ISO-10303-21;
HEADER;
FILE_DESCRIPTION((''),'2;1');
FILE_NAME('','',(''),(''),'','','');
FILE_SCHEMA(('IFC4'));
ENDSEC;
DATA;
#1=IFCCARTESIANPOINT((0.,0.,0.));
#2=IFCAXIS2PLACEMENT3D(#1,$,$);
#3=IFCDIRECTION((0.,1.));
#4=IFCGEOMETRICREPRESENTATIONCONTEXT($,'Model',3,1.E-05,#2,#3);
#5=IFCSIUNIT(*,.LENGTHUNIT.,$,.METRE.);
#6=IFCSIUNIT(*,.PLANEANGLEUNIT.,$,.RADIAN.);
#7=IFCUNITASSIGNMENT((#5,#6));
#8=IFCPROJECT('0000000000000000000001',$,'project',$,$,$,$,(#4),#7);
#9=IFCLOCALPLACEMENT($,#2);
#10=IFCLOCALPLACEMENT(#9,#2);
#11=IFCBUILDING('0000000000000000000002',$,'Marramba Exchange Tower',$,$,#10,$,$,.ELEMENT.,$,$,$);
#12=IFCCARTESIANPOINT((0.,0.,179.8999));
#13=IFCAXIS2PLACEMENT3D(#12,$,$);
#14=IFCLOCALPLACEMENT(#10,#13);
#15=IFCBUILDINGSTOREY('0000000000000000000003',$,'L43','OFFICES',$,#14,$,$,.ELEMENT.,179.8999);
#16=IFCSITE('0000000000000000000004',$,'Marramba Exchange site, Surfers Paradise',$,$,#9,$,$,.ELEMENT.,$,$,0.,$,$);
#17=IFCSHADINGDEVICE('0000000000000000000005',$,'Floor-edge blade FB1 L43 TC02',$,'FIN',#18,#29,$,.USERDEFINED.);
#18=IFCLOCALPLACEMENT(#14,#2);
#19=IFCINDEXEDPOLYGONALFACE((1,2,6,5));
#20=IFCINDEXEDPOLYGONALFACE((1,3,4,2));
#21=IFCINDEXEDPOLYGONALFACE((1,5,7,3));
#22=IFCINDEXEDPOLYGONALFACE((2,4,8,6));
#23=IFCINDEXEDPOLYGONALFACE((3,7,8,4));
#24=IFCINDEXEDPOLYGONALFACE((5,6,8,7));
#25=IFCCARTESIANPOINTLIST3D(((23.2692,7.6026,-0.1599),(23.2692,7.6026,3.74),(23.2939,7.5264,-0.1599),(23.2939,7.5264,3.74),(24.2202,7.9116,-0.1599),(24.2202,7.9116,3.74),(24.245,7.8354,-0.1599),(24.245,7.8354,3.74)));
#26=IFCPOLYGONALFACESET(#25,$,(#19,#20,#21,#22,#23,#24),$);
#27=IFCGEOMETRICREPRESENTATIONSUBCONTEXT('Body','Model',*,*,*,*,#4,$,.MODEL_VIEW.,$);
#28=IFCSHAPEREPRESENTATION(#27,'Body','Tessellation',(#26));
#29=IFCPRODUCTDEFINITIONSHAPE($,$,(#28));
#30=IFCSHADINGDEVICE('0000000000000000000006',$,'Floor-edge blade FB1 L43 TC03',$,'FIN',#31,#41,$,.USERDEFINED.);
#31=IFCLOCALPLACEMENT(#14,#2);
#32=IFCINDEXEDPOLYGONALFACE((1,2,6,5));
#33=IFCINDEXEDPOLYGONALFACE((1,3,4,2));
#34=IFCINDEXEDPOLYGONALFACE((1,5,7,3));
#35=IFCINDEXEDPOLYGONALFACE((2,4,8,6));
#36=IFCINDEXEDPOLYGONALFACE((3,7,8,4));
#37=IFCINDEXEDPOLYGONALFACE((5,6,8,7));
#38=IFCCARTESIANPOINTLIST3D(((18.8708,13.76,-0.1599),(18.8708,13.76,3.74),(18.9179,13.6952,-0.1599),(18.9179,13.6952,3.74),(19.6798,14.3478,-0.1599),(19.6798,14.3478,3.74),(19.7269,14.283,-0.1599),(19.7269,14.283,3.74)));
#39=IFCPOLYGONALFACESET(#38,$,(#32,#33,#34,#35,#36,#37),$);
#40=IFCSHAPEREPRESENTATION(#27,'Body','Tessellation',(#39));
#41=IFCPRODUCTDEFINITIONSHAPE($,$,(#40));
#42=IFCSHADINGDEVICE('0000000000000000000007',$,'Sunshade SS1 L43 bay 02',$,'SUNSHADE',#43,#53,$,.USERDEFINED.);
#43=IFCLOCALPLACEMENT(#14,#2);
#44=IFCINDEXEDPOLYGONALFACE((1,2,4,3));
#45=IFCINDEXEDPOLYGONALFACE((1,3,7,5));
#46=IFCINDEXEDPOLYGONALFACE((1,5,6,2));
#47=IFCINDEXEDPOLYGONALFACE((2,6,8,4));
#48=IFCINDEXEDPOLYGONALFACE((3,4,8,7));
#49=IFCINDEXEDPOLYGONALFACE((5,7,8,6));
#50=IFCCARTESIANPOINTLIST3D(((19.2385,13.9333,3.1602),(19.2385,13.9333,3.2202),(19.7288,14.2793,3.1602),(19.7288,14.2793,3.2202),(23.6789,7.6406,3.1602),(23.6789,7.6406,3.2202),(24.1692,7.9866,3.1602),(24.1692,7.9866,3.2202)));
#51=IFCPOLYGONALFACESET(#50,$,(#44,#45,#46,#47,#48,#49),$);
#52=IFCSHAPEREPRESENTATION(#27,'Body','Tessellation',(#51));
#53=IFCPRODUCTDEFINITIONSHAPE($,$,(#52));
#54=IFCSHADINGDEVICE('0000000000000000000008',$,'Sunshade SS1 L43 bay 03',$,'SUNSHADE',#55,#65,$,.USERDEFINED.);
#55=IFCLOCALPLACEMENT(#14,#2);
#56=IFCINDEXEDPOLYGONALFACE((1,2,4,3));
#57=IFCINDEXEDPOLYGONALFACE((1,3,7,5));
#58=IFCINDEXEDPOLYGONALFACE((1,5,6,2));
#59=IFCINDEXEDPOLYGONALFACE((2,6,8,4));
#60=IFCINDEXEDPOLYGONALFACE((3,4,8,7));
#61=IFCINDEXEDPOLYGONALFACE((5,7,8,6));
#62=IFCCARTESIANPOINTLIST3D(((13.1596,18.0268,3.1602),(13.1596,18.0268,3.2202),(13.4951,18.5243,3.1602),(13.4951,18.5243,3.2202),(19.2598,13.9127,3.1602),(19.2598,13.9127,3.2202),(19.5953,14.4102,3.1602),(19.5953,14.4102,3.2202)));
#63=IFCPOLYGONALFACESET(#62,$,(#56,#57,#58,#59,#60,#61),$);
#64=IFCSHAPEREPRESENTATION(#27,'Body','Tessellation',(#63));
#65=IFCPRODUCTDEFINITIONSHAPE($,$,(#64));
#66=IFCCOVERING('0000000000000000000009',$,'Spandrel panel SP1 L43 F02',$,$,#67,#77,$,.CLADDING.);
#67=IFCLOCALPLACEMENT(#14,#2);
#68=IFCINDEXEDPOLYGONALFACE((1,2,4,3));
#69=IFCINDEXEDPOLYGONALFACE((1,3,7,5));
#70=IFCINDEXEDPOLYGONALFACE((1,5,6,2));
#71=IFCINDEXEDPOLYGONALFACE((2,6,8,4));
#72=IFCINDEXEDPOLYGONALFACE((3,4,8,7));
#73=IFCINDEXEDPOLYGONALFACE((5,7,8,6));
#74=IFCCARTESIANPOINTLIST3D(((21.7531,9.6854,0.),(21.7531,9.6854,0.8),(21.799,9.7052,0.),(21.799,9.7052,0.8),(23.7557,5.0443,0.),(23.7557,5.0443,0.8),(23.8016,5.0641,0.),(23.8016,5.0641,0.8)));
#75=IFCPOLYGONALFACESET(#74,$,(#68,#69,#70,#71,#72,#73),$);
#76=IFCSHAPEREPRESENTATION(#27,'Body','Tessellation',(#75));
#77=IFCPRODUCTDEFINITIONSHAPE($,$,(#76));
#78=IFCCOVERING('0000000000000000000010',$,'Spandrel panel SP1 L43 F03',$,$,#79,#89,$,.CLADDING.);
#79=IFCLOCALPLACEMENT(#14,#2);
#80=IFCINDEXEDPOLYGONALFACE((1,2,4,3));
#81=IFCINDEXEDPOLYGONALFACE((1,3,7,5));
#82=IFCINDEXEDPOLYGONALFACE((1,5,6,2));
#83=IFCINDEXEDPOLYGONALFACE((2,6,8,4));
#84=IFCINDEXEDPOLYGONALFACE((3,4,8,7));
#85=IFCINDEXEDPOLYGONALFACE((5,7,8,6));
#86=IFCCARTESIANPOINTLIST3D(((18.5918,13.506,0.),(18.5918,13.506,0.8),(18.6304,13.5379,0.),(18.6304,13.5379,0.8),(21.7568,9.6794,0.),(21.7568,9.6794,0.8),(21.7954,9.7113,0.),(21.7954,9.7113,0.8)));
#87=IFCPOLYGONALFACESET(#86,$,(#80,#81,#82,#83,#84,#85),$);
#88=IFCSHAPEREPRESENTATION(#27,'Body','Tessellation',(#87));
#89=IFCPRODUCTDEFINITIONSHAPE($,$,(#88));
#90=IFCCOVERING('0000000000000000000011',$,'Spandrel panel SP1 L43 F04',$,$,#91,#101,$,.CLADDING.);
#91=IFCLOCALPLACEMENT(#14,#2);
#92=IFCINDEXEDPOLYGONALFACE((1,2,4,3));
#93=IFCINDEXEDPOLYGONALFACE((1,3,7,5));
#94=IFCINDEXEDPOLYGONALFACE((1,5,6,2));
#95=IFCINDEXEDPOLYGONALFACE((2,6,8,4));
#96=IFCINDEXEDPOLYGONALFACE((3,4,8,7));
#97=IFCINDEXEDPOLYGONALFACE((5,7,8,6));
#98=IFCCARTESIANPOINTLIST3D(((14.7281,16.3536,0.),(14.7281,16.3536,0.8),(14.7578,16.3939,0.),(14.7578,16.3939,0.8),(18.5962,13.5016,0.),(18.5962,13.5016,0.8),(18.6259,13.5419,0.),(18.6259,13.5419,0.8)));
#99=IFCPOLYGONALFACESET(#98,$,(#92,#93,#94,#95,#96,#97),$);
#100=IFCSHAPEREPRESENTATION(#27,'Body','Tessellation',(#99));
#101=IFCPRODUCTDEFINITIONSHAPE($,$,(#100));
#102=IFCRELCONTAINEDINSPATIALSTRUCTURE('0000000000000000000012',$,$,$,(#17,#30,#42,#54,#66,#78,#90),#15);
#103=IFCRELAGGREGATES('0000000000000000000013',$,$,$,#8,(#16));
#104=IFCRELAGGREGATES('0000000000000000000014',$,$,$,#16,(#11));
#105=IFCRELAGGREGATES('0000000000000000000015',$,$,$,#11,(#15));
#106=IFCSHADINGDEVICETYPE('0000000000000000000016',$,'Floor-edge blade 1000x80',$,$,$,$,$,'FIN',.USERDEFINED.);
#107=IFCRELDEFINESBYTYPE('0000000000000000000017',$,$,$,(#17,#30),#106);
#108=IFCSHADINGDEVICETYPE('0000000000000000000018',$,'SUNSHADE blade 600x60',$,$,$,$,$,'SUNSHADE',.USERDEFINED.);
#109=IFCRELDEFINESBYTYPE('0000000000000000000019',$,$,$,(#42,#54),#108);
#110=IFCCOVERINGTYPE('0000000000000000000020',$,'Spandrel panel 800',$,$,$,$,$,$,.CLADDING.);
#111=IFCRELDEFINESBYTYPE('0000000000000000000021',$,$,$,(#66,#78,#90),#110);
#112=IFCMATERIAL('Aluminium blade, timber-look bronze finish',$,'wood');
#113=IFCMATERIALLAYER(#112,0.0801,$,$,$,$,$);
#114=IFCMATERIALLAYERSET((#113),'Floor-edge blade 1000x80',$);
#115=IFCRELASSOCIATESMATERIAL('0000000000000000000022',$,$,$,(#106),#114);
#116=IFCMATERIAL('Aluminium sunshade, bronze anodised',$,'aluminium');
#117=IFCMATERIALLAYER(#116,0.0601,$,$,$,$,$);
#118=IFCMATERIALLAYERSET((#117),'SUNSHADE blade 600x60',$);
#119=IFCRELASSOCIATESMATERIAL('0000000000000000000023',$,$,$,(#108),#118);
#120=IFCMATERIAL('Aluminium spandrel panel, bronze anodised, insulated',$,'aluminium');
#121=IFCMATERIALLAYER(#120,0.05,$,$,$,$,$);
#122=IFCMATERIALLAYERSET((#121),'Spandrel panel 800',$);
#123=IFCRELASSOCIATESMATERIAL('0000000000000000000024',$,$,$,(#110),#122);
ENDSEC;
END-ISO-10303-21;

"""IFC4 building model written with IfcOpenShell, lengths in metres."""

from ifc_helpers import new_model, si_unit, direction, frame, origin, origin_2d, place, context, subcontext, project, spatial, rectangle, extrude, material, layer, layer_set, type_object, element, save


model = new_model("IFC4")

# Units and contexts
model_context = context("Model", 3, precision=1e-05, world=origin(), true_north=direction((0.0, 1.0)))
body_context = subcontext(model_context, "Body", "Model", "MODEL_VIEW")
ifc_project = project(units=[si_unit("LENGTHUNIT", "METRE"), si_unit("PLANEANGLEUNIT", "RADIAN")], contexts=[model_context])

# Site, building, storey
site_placement = place(None, origin())
site = spatial("IfcSite", under=ifc_project, at=site_placement, Name="Marramba Exchange site, Surfers Paradise", CompositionType="ELEMENT", RefElevation=0.0)
building_placement = place(site_placement, origin())
building = spatial("IfcBuilding", under=site, at=building_placement, Name="Marramba Exchange Tower", CompositionType="ELEMENT")
storey_placement = place(building_placement, frame((0.0, 0.0, 179.8999)))
storey = spatial("IfcBuildingStorey", under=building, at=storey_placement, Name="L43", Description="OFFICES", CompositionType="ELEMENT", Elevation=179.8999)

# Shading devices
ifc_material_1 = material(Name="Aluminium blade, timber-look bronze finish", Category="wood")
ifc_layer_1 = layer(ifc_material_1, 0.0801)
ifc_layer_set_1 = layer_set([ifc_layer_1], Name="Floor-edge blade 1000x80")
shading_device_type_1 = type_object("IfcShadingDeviceType", Name="Floor-edge blade 1000x80", ElementType="FIN", PredefinedType="USERDEFINED", material=ifc_layer_set_1)
for number, where, z_axis, x_axis, name in (
    (1, (23.7571, 7.719, -0.1599), (0.0, 0.0, 1.0), (0.951057, 0.309017, 0.0), "Floor-edge blade FB1 L43 TC02"),
    (2, (19.2988, 14.0215, -0.1599), (0.0, 0.0, 1.0), (0.809017, 0.587785, 0.0), "Floor-edge blade FB1 L43 TC03"),
):
    element("IfcShadingDevice", number, at=place(storey_placement, frame(where, z_axis=z_axis, x_axis=x_axis)), inside=storey, type_object=shading_device_type_1, Name=name, ObjectType="FIN", PredefinedType="USERDEFINED", context=body_context, shape_type="SweptSolid", body=[
        extrude(rectangle(XDim=1.0, YDim=0.0801, at=origin_2d()), origin(), (0.0, 0.0, 1.0), 3.8999),
    ])
ifc_material_2 = material(Name="Aluminium sunshade, bronze anodised", Category="aluminium")
ifc_layer_2 = layer(ifc_material_2, 0.0601)
ifc_layer_set_2 = layer_set([ifc_layer_2], Name="SUNSHADE blade 600x60")
shading_device_type_2 = type_object("IfcShadingDeviceType", Name="SUNSHADE blade 600x60", ElementType="SUNSHADE", PredefinedType="USERDEFINED", material=ifc_layer_set_2)
shading_device_1_placement = place(storey_placement, frame((21.7039, 10.96, 3.1602), z_axis=(0.0, 0.0, 1.0), x_axis=(-0.576555, 0.817058, 0.0)))
element("IfcShadingDevice", 3, at=shading_device_1_placement, inside=storey, type_object=shading_device_type_2, Name="Sunshade SS1 L43 bay 02", ObjectType="SUNSHADE", PredefinedType="USERDEFINED", context=body_context, shape_type="SweptSolid", body=[
    extrude(rectangle(XDim=7.7017, YDim=0.6001, at=origin_2d()), origin(), (0.0, 0.0, 1.0), 0.0601),
])
shading_device_2_placement = place(storey_placement, frame((16.3774, 16.2185, 3.1602), z_axis=(0.0, 0.0, 1.0), x_axis=(-0.829071, 0.559143, 0.0)))
element("IfcShadingDevice", 4, at=shading_device_2_placement, inside=storey, type_object=shading_device_type_2, Name="Sunshade SS1 L43 bay 03", ObjectType="SUNSHADE", PredefinedType="USERDEFINED", context=body_context, shape_type="SweptSolid", body=[
    extrude(rectangle(XDim=7.3579, YDim=0.6001, at=origin_2d()), origin(), (0.0, 0.0, 1.0), 0.0601),
])

# Coverings
ifc_material_3 = material(Name="Aluminium spandrel panel, bronze anodised, insulated", Category="aluminium")
ifc_layer_3 = layer(ifc_material_3, 0.05)
ifc_layer_set_3 = layer_set([ifc_layer_3], Name="Spandrel panel 800")
covering_type = type_object("IfcCoveringType", Name="Spandrel panel 800", PredefinedType="CLADDING", material=ifc_layer_set_3)
covering_1_placement = place(storey_placement, frame((22.7773, 7.3748, 0.0), z_axis=(0.0, 0.0, 1.0), x_axis=(-0.396193, 0.918167, 0.0)))
element("IfcCovering", 5, at=covering_1_placement, inside=storey, type_object=covering_type, Name="Spandrel panel SP1 L43 F02", PredefinedType="CLADDING", context=body_context, shape_type="SweptSolid", body=[
    extrude(rectangle(XDim=5.0547, YDim=0.05, at=origin_2d()), origin(), (0.0, 0.0, 1.0), 0.8),
])
covering_2_placement = place(storey_placement, frame((20.1936, 11.6086, 0.0), z_axis=(0.0, 0.0, 1.0), x_axis=(-0.63735, 0.770574, 0.0)))
element("IfcCovering", 6, at=covering_2_placement, inside=storey, type_object=covering_type, Name="Spandrel panel SP1 L43 F03", PredefinedType="CLADDING", context=body_context, shape_type="SweptSolid", body=[
    extrude(rectangle(XDim=4.9658, YDim=0.05, at=origin_2d()), origin(), (0.0, 0.0, 1.0), 0.8),
])
covering_3_placement = place(storey_placement, frame((16.677, 14.9478, 0.0), z_axis=(0.0, 0.0, 1.0), x_axis=(-0.804877, 0.593441, 0.0)))
element("IfcCovering", 7, at=covering_3_placement, inside=storey, type_object=covering_type, Name="Spandrel panel SP1 L43 F04", PredefinedType="CLADDING", context=body_context, shape_type="SweptSolid", body=[
    extrude(rectangle(XDim=4.8059, YDim=0.05, at=origin_2d()), origin(), (0.0, 0.0, 1.0), 0.8),
])

save(model, "model.ifc")
